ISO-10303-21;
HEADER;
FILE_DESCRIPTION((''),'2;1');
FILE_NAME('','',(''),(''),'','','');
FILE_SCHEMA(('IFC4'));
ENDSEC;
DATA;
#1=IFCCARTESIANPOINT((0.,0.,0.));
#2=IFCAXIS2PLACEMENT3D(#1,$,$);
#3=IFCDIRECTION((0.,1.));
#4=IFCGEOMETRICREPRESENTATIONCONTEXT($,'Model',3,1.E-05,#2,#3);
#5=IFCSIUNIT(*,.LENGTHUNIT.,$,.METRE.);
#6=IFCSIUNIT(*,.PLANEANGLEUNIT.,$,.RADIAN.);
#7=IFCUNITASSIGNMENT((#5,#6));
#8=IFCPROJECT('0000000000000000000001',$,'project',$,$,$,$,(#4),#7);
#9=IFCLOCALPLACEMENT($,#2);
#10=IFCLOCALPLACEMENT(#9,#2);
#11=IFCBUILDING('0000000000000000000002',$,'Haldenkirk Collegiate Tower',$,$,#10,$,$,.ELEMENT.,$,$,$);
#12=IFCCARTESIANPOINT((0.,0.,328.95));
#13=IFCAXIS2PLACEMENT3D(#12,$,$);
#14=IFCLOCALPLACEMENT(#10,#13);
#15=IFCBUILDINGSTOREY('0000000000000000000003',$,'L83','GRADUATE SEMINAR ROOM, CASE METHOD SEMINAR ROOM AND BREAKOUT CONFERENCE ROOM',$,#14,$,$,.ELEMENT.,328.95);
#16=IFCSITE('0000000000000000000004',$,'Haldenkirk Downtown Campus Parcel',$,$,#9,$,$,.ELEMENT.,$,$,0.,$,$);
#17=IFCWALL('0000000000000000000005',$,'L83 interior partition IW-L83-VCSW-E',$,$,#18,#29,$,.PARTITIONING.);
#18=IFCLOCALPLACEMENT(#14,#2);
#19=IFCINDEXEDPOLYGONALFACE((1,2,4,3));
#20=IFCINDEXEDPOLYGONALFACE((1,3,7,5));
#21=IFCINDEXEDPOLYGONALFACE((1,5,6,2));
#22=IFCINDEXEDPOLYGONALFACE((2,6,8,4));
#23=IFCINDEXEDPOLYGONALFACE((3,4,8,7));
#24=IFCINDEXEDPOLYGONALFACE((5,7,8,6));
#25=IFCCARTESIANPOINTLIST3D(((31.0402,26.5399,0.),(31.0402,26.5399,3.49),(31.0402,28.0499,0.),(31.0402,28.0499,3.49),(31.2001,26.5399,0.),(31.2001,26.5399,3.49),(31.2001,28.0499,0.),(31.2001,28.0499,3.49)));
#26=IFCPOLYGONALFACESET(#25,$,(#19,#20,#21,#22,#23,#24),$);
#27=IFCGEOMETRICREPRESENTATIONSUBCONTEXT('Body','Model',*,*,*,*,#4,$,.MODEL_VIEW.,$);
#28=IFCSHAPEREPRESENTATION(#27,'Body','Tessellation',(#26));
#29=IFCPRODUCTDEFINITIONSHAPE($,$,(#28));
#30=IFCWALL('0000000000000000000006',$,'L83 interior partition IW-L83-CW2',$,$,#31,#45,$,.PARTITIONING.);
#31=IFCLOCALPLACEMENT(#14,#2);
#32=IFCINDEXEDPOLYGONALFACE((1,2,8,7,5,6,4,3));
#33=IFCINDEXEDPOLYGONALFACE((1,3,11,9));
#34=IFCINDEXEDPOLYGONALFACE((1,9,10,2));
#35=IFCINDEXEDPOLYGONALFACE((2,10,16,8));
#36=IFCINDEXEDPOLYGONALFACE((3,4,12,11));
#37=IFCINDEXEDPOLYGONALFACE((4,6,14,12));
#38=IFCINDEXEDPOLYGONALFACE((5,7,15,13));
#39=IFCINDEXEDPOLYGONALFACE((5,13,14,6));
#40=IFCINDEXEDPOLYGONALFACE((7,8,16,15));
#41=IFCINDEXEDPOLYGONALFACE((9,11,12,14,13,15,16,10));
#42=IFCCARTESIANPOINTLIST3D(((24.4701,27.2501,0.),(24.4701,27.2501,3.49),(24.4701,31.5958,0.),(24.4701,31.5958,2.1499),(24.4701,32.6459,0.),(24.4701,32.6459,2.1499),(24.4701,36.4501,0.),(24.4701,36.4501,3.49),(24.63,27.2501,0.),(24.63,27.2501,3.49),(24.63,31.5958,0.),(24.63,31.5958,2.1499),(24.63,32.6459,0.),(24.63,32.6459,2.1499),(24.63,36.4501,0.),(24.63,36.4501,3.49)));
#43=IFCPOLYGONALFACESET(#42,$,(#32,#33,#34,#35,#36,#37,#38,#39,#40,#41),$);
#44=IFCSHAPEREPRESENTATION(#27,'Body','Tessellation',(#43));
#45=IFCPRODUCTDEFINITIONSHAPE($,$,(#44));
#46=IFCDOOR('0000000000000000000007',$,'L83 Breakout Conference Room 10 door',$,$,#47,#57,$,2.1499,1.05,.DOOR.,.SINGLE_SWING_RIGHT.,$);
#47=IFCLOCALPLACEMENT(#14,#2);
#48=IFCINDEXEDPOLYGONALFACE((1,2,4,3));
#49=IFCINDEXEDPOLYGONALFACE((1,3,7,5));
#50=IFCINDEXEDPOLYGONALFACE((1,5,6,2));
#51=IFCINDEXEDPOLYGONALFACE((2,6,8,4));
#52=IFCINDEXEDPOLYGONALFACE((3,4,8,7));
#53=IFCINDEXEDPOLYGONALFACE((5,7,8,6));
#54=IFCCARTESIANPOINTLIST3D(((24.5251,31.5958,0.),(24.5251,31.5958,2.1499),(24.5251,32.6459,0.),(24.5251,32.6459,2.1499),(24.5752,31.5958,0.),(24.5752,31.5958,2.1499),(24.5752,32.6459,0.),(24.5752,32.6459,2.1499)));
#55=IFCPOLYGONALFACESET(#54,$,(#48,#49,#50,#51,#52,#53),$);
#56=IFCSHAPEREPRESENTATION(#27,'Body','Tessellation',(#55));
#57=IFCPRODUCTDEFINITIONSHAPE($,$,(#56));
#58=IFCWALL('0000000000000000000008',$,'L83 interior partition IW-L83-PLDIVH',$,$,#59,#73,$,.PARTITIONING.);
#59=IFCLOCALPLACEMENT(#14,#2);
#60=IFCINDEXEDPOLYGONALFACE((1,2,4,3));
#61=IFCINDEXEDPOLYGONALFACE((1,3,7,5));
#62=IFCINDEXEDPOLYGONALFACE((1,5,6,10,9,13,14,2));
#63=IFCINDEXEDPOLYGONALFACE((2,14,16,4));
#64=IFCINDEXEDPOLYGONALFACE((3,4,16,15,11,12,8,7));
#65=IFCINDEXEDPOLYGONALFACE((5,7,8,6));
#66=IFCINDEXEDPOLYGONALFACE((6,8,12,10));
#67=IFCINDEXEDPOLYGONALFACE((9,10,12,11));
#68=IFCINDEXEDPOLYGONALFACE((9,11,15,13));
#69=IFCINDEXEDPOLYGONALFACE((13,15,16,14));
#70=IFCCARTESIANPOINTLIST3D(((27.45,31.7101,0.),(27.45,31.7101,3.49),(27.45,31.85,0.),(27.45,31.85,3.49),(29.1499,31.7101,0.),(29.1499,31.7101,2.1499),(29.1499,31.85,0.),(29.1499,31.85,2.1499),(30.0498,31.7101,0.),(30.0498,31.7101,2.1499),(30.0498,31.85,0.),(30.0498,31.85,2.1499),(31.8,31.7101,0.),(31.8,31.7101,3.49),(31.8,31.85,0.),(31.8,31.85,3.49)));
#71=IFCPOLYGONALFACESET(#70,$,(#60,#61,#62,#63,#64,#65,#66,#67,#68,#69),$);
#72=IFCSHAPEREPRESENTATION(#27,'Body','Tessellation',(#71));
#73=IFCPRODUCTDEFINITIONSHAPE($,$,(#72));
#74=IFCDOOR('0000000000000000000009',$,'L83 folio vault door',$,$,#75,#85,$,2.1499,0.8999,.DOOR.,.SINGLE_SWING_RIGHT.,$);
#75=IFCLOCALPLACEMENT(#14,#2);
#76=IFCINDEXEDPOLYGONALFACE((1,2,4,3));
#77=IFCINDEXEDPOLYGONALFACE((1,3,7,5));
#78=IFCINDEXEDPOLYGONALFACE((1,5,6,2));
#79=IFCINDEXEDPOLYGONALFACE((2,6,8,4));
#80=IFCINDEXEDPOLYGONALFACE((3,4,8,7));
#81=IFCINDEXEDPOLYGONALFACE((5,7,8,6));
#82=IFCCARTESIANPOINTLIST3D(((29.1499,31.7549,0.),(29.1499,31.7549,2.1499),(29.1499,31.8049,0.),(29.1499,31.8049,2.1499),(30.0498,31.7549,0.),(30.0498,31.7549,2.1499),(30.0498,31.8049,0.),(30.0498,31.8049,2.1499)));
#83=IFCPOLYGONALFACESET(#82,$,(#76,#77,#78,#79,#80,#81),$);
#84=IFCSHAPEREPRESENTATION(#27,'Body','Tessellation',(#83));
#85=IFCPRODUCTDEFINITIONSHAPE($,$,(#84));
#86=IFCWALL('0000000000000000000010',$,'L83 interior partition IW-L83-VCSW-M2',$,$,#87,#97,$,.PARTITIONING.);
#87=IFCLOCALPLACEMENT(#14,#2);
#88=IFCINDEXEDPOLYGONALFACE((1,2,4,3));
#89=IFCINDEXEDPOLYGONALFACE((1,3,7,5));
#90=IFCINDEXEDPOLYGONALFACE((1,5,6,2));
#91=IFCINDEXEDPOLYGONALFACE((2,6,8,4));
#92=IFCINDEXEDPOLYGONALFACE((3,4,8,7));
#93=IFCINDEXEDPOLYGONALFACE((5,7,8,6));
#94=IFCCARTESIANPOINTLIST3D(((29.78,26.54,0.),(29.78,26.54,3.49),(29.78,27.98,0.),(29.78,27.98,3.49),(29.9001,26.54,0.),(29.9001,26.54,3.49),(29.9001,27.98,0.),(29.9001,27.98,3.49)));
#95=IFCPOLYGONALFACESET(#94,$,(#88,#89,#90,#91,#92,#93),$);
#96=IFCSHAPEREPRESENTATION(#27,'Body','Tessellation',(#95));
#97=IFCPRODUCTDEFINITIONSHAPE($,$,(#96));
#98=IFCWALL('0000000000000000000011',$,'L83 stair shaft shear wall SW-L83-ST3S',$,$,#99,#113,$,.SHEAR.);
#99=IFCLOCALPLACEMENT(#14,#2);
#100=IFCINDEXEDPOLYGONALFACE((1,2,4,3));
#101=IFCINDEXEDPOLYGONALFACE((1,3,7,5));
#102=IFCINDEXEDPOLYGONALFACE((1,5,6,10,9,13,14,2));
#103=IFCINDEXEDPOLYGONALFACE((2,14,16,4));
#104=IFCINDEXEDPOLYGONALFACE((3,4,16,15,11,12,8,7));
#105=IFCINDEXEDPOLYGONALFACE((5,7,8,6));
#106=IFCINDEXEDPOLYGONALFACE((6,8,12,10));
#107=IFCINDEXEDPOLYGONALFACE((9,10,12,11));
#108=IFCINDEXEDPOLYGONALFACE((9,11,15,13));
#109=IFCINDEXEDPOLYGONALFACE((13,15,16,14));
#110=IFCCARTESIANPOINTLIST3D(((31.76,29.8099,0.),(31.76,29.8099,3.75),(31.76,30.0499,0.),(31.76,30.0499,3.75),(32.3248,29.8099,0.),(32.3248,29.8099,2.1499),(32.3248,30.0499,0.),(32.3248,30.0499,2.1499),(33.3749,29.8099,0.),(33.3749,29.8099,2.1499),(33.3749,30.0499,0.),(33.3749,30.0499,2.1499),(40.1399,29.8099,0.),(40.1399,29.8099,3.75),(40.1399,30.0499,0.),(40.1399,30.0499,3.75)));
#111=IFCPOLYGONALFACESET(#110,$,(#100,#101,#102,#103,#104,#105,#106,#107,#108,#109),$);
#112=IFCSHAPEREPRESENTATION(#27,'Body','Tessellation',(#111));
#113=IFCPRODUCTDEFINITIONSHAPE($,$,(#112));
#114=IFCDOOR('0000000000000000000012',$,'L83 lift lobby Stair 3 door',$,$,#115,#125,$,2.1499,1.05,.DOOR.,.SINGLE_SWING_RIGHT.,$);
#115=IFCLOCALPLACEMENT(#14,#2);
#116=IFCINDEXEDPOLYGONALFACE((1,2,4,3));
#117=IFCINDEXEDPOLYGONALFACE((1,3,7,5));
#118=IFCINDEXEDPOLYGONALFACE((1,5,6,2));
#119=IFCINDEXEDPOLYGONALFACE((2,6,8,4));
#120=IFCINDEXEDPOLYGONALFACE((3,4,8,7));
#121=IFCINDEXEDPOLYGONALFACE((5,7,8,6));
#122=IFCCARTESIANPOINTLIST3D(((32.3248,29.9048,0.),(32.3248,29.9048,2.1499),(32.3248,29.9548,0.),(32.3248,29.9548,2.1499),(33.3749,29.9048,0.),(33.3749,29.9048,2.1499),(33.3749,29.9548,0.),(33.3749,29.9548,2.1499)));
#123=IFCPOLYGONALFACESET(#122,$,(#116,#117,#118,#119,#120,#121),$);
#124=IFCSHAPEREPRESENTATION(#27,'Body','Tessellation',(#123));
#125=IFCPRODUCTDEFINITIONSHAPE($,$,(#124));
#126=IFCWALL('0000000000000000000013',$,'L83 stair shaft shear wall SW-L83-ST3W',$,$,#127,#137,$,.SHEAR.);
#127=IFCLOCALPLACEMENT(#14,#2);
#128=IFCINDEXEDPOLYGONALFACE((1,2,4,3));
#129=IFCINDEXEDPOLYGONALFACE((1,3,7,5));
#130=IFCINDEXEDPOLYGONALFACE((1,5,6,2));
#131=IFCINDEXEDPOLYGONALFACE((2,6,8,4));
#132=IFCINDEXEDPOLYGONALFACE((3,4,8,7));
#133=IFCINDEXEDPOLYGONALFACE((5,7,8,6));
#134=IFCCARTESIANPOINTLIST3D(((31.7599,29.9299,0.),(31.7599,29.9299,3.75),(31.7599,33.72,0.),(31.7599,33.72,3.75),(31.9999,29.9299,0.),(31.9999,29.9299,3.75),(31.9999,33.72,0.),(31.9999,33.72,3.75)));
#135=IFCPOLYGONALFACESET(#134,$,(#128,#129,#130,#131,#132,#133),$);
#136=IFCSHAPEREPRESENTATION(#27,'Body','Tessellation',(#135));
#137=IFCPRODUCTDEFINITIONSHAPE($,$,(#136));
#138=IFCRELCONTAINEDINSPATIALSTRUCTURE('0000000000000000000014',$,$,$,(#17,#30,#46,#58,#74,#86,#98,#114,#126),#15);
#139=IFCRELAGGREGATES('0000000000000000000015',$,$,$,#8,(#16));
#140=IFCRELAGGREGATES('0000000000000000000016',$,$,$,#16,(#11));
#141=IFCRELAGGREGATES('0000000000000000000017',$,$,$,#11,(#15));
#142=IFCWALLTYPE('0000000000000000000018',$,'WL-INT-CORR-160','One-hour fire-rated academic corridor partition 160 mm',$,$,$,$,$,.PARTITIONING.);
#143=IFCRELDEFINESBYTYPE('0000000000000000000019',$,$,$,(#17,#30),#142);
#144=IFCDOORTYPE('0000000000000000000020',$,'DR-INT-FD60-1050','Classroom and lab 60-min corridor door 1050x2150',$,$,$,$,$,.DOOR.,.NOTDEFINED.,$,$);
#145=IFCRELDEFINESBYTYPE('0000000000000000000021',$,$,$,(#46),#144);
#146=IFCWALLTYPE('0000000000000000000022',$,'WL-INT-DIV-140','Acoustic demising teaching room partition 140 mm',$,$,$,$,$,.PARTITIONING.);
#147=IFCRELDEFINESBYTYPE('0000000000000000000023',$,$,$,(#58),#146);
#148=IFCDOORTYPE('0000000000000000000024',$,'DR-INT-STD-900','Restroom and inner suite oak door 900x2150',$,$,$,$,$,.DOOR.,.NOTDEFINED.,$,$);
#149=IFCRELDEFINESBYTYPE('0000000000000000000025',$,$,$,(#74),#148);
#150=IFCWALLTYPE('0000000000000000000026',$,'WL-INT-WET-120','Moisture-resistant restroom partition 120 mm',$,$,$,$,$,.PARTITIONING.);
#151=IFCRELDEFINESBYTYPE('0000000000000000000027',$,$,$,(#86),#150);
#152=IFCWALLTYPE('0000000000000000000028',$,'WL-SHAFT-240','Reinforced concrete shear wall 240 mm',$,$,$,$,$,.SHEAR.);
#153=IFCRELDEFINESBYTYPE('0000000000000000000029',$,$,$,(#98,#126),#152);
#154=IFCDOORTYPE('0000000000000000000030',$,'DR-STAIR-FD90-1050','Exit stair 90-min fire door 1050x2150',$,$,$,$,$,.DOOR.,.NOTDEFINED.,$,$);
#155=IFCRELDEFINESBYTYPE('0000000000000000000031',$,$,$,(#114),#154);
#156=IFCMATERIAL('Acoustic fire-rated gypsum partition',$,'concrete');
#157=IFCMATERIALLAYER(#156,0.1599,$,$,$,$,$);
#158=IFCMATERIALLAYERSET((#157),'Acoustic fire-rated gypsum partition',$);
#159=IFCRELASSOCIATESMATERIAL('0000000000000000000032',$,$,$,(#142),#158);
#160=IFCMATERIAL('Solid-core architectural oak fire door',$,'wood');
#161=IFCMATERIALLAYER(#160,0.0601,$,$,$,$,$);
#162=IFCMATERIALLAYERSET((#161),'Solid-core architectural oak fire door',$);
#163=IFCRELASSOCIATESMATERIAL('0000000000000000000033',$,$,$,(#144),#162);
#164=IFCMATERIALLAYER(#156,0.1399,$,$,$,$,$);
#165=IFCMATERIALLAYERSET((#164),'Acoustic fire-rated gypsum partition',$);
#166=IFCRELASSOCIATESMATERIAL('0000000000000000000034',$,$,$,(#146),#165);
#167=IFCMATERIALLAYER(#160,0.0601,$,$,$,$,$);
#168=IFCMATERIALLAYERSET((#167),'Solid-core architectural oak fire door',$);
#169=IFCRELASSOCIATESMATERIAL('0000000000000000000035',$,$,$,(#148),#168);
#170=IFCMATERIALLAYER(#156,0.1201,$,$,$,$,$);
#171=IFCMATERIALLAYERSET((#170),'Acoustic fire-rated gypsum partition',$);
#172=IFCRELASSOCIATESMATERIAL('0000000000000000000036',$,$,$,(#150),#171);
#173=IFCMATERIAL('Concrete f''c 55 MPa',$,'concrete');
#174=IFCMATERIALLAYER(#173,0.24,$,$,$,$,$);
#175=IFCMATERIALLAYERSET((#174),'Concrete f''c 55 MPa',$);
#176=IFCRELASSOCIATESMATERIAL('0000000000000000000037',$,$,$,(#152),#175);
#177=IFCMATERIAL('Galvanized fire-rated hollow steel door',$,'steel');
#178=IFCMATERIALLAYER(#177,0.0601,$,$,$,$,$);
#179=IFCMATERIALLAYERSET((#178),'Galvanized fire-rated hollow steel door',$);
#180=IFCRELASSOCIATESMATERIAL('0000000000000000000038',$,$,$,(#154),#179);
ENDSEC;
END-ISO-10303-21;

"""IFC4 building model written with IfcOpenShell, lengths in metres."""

from ifc_helpers import new_model, si_unit, direction, frame, frame_2d, origin, place, context, subcontext, project, spatial, rectangle, extrude, material, layer, layer_set, type_object, element, fill, save


model = new_model("IFC4")

# Units and contexts
model_context = context("Model", 3, precision=1e-05, world=origin(), true_north=direction((0.0, 1.0)))
body_context = subcontext(model_context, "Body", "Model", "MODEL_VIEW")
ifc_project = project(units=[si_unit("LENGTHUNIT", "METRE"), si_unit("PLANEANGLEUNIT", "RADIAN")], contexts=[model_context])

# Site, building, storey
site_placement = place(None, origin())
site = spatial("IfcSite", under=ifc_project, at=site_placement, Name="Haldenkirk Downtown Campus Parcel", CompositionType="ELEMENT", RefElevation=0.0)
building_placement = place(site_placement, origin())
building = spatial("IfcBuilding", under=site, at=building_placement, Name="Haldenkirk Collegiate Tower", CompositionType="ELEMENT")
storey_placement = place(building_placement, frame((0.0, 0.0, 328.95)))
storey = spatial("IfcBuildingStorey", under=building, at=storey_placement, Name="L83", Description="GRADUATE SEMINAR ROOM, CASE METHOD SEMINAR ROOM AND BREAKOUT CONFERENCE ROOM", CompositionType="ELEMENT", Elevation=328.95)

# Shared definitions
ifc_material_1 = material(Name="Acoustic fire-rated gypsum partition", Category="concrete")
ifc_layer_1 = layer(ifc_material_1, 0.1599)
ifc_layer_set_1 = layer_set([ifc_layer_1], Name="Acoustic fire-rated gypsum partition")
wall_type_1 = type_object("IfcWallType", Name="WL-INT-CORR-160", Description="One-hour fire-rated academic corridor partition 160 mm", PredefinedType="PARTITIONING", material=ifc_layer_set_1)
ifc_material_2 = material(Name="Solid-core architectural oak fire door", Category="wood")

# Wall
wall_1_placement = place(storey_placement, frame((31.1201, 26.54, 0.0), z_axis=(0.0, 0.0, 1.0), x_axis=(0.0, 1.0, 0.0)))
element("IfcWall", 1, at=wall_1_placement, inside=storey, type_object=wall_type_1, Name="L83 interior partition IW-L83-VCSW-E", PredefinedType="PARTITIONING", context=body_context, shape_type="SweptSolid", body=[
    extrude(rectangle(XDim=1.51, YDim=0.1599, at=frame_2d((0.7549, 0.0))), origin(), (0.0, 0.0, 1.0), 3.49),
])

# Walls, openings, doors
wall_2_placement = place(storey_placement, frame((24.55, 27.25, 0.0), z_axis=(0.0, 0.0, 1.0), x_axis=(0.0, 1.0, 0.0)))
wall_2 = element("IfcWall", 2, at=wall_2_placement, inside=storey, type_object=wall_type_1, Name="L83 interior partition IW-L83-CW2", PredefinedType="PARTITIONING", context=body_context, shape_type="SweptSolid", body=[
    extrude(rectangle(XDim=9.2, YDim=0.1599, at=frame_2d((4.6001, 0.0))), origin(), (0.0, 0.0, 1.0), 3.49),
])
opening_1_placement = place(wall_2_placement, frame((4.3459, 0.0, 0.0)))
opening_1 = element("IfcOpeningElement", 3, at=opening_1_placement, cuts=wall_2, PredefinedType="OPENING", context=body_context, shape_type="SweptSolid", body=[
    extrude(rectangle(XDim=1.05, YDim=2.1499, at=frame_2d((0.5249, 1.075))), frame((0.0, 0.0898, 0.0), z_axis=(0.0, -1.0, 0.0), x_axis=(1.0, 0.0, 0.0)), (0.0, 0.0, 1.0), 0.1799),
])
ifc_layer_2 = layer(ifc_material_2, 0.0601)
ifc_layer_set_2 = layer_set([ifc_layer_2], Name="Solid-core architectural oak fire door")
door_type_1 = type_object("IfcDoorType", Name="DR-INT-FD60-1050", Description="Classroom and lab 60-min corridor door 1050x2150", OperationType="NOTDEFINED", PredefinedType="DOOR", material=ifc_layer_set_2)
door_1_placement = place(opening_1_placement, origin())
door_1 = element("IfcDoor", 4, at=door_1_placement, inside=storey, type_object=door_type_1, Name="L83 Breakout Conference Room 10 door", OperationType="SINGLE_SWING_RIGHT", OverallHeight=2.1499, OverallWidth=1.05, PredefinedType="DOOR", context=body_context, shape_type="SweptSolid", body=[
    extrude(rectangle(XDim=1.05, YDim=2.1499, at=frame_2d((0.5249, 1.075))), frame((0.0, 0.0249, 0.0), z_axis=(0.0, -1.0, 0.0), x_axis=(1.0, 0.0, 0.0)), (0.0, 0.0, 1.0), 0.05),
])
fill(opening_1, door_1)
ifc_layer_3 = layer(ifc_material_1, 0.1399)
ifc_layer_set_3 = layer_set([ifc_layer_3], Name="Acoustic fire-rated gypsum partition")
wall_type_2 = type_object("IfcWallType", Name="WL-INT-DIV-140", Description="Acoustic demising teaching room partition 140 mm", PredefinedType="PARTITIONING", material=ifc_layer_set_3)
wall_3_placement = place(storey_placement, frame((27.45, 31.78, 0.0), z_axis=(0.0, 0.0, 1.0), x_axis=(1.0, 0.0, 0.0)))
wall_3 = element("IfcWall", 5, at=wall_3_placement, inside=storey, type_object=wall_type_2, Name="L83 interior partition IW-L83-PLDIVH", PredefinedType="PARTITIONING", context=body_context, shape_type="SweptSolid", body=[
    extrude(rectangle(XDim=4.3501, YDim=0.1399, at=frame_2d((2.175, 0.0))), origin(), (0.0, 0.0, 1.0), 3.49),
])
opening_2_placement = place(wall_3_placement, frame((1.7, 0.0, 0.0)))
opening_2 = element("IfcOpeningElement", 6, at=opening_2_placement, cuts=wall_3, PredefinedType="OPENING", context=body_context, shape_type="SweptSolid", body=[
    extrude(rectangle(XDim=0.8999, YDim=2.1499, at=frame_2d((0.45, 1.075))), frame((0.0, 0.0798, 0.0), z_axis=(0.0, -1.0, 0.0), x_axis=(1.0, 0.0, 0.0)), (0.0, 0.0, 1.0), 0.1599),
])
ifc_layer_4 = layer(ifc_material_2, 0.0601)
ifc_layer_set_4 = layer_set([ifc_layer_4], Name="Solid-core architectural oak fire door")
door_type_2 = type_object("IfcDoorType", Name="DR-INT-STD-900", Description="Restroom and inner suite oak door 900x2150", OperationType="NOTDEFINED", PredefinedType="DOOR", material=ifc_layer_set_4)
door_2_placement = place(opening_2_placement, origin())
door_2 = element("IfcDoor", 7, at=door_2_placement, inside=storey, type_object=door_type_2, Name="L83 folio vault door", OperationType="SINGLE_SWING_RIGHT", OverallHeight=2.1499, OverallWidth=0.8999, PredefinedType="DOOR", context=body_context, shape_type="SweptSolid", body=[
    extrude(rectangle(XDim=0.8999, YDim=2.1499, at=frame_2d((0.45, 1.075))), frame((0.0, 0.0249, 0.0), z_axis=(0.0, -1.0, 0.0), x_axis=(1.0, 0.0, 0.0)), (0.0, 0.0, 1.0), 0.05),
])
fill(opening_2, door_2)

# Wall
ifc_layer_5 = layer(ifc_material_1, 0.1201)
ifc_layer_set_5 = layer_set([ifc_layer_5], Name="Acoustic fire-rated gypsum partition")
wall_type_3 = type_object("IfcWallType", Name="WL-INT-WET-120", Description="Moisture-resistant restroom partition 120 mm", PredefinedType="PARTITIONING", material=ifc_layer_set_5)
wall_4_placement = place(storey_placement, frame((29.8401, 26.54, 0.0), z_axis=(0.0, 0.0, 1.0), x_axis=(0.0, 1.0, 0.0)))
element("IfcWall", 8, at=wall_4_placement, inside=storey, type_object=wall_type_3, Name="L83 interior partition IW-L83-VCSW-M2", PredefinedType="PARTITIONING", context=body_context, shape_type="SweptSolid", body=[
    extrude(rectangle(XDim=1.4399, YDim=0.1201, at=frame_2d((0.72, 0.0))), origin(), (0.0, 0.0, 1.0), 3.49),
])

# Wall, opening, door
ifc_material_3 = material(Name="Concrete f'c 55 MPa", Category="concrete")
ifc_layer_6 = layer(ifc_material_3, 0.24)
ifc_layer_set_6 = layer_set([ifc_layer_6], Name="Concrete f'c 55 MPa")
wall_type_4 = type_object("IfcWallType", Name="WL-SHAFT-240", Description="Reinforced concrete shear wall 240 mm", PredefinedType="SHEAR", material=ifc_layer_set_6)
wall_5_placement = place(storey_placement, frame((31.76, 29.9299, 0.0), z_axis=(0.0, 0.0, 1.0), x_axis=(1.0, 0.0, 0.0)))
wall_5 = element("IfcWall", 9, at=wall_5_placement, inside=storey, type_object=wall_type_4, Name="L83 stair shaft shear wall SW-L83-ST3S", PredefinedType="SHEAR", context=body_context, shape_type="SweptSolid", body=[
    extrude(rectangle(XDim=8.3799, YDim=0.24, at=frame_2d((4.1899, 0.0))), origin(), (0.0, 0.0, 1.0), 3.75),
])
opening_3_placement = place(wall_5_placement, frame((0.5649, 0.0, 0.0)))
opening_3 = element("IfcOpeningElement", 10, at=opening_3_placement, cuts=wall_5, PredefinedType="OPENING", context=body_context, shape_type="SweptSolid", body=[
    extrude(rectangle(XDim=1.05, YDim=2.1499, at=frame_2d((0.5249, 1.075))), frame((0.0, 0.1299, 0.0), z_axis=(0.0, -1.0, 0.0), x_axis=(1.0, 0.0, 0.0)), (0.0, 0.0, 1.0), 0.26),
])
ifc_material_4 = material(Name="Galvanized fire-rated hollow steel door", Category="steel")
ifc_layer_7 = layer(ifc_material_4, 0.0601)
ifc_layer_set_7 = layer_set([ifc_layer_7], Name="Galvanized fire-rated hollow steel door")
door_type_3 = type_object("IfcDoorType", Name="DR-STAIR-FD90-1050", Description="Exit stair 90-min fire door 1050x2150", OperationType="NOTDEFINED", PredefinedType="DOOR", material=ifc_layer_set_7)
door_3_placement = place(opening_3_placement, origin())
door_3 = element("IfcDoor", 11, at=door_3_placement, inside=storey, type_object=door_type_3, Name="L83 lift lobby Stair 3 door", OperationType="SINGLE_SWING_RIGHT", OverallHeight=2.1499, OverallWidth=1.05, PredefinedType="DOOR", context=body_context, shape_type="SweptSolid", body=[
    extrude(rectangle(XDim=1.05, YDim=2.1499, at=frame_2d((0.5249, 1.075))), frame((0.0, 0.0249, 0.0), z_axis=(0.0, -1.0, 0.0), x_axis=(1.0, 0.0, 0.0)), (0.0, 0.0, 1.0), 0.05),
])
fill(opening_3, door_3)

# Wall
wall_6_placement = place(storey_placement, frame((31.8799, 29.9299, 0.0), z_axis=(0.0, 0.0, 1.0), x_axis=(0.0, 1.0, 0.0)))
element("IfcWall", 12, at=wall_6_placement, inside=storey, type_object=wall_type_4, Name="L83 stair shaft shear wall SW-L83-ST3W", PredefinedType="SHEAR", context=body_context, shape_type="SweptSolid", body=[
    extrude(rectangle(XDim=3.79, YDim=0.24, at=frame_2d((1.895, 0.0))), origin(), (0.0, 0.0, 1.0), 3.75),
])

save(model, "model.ifc")
